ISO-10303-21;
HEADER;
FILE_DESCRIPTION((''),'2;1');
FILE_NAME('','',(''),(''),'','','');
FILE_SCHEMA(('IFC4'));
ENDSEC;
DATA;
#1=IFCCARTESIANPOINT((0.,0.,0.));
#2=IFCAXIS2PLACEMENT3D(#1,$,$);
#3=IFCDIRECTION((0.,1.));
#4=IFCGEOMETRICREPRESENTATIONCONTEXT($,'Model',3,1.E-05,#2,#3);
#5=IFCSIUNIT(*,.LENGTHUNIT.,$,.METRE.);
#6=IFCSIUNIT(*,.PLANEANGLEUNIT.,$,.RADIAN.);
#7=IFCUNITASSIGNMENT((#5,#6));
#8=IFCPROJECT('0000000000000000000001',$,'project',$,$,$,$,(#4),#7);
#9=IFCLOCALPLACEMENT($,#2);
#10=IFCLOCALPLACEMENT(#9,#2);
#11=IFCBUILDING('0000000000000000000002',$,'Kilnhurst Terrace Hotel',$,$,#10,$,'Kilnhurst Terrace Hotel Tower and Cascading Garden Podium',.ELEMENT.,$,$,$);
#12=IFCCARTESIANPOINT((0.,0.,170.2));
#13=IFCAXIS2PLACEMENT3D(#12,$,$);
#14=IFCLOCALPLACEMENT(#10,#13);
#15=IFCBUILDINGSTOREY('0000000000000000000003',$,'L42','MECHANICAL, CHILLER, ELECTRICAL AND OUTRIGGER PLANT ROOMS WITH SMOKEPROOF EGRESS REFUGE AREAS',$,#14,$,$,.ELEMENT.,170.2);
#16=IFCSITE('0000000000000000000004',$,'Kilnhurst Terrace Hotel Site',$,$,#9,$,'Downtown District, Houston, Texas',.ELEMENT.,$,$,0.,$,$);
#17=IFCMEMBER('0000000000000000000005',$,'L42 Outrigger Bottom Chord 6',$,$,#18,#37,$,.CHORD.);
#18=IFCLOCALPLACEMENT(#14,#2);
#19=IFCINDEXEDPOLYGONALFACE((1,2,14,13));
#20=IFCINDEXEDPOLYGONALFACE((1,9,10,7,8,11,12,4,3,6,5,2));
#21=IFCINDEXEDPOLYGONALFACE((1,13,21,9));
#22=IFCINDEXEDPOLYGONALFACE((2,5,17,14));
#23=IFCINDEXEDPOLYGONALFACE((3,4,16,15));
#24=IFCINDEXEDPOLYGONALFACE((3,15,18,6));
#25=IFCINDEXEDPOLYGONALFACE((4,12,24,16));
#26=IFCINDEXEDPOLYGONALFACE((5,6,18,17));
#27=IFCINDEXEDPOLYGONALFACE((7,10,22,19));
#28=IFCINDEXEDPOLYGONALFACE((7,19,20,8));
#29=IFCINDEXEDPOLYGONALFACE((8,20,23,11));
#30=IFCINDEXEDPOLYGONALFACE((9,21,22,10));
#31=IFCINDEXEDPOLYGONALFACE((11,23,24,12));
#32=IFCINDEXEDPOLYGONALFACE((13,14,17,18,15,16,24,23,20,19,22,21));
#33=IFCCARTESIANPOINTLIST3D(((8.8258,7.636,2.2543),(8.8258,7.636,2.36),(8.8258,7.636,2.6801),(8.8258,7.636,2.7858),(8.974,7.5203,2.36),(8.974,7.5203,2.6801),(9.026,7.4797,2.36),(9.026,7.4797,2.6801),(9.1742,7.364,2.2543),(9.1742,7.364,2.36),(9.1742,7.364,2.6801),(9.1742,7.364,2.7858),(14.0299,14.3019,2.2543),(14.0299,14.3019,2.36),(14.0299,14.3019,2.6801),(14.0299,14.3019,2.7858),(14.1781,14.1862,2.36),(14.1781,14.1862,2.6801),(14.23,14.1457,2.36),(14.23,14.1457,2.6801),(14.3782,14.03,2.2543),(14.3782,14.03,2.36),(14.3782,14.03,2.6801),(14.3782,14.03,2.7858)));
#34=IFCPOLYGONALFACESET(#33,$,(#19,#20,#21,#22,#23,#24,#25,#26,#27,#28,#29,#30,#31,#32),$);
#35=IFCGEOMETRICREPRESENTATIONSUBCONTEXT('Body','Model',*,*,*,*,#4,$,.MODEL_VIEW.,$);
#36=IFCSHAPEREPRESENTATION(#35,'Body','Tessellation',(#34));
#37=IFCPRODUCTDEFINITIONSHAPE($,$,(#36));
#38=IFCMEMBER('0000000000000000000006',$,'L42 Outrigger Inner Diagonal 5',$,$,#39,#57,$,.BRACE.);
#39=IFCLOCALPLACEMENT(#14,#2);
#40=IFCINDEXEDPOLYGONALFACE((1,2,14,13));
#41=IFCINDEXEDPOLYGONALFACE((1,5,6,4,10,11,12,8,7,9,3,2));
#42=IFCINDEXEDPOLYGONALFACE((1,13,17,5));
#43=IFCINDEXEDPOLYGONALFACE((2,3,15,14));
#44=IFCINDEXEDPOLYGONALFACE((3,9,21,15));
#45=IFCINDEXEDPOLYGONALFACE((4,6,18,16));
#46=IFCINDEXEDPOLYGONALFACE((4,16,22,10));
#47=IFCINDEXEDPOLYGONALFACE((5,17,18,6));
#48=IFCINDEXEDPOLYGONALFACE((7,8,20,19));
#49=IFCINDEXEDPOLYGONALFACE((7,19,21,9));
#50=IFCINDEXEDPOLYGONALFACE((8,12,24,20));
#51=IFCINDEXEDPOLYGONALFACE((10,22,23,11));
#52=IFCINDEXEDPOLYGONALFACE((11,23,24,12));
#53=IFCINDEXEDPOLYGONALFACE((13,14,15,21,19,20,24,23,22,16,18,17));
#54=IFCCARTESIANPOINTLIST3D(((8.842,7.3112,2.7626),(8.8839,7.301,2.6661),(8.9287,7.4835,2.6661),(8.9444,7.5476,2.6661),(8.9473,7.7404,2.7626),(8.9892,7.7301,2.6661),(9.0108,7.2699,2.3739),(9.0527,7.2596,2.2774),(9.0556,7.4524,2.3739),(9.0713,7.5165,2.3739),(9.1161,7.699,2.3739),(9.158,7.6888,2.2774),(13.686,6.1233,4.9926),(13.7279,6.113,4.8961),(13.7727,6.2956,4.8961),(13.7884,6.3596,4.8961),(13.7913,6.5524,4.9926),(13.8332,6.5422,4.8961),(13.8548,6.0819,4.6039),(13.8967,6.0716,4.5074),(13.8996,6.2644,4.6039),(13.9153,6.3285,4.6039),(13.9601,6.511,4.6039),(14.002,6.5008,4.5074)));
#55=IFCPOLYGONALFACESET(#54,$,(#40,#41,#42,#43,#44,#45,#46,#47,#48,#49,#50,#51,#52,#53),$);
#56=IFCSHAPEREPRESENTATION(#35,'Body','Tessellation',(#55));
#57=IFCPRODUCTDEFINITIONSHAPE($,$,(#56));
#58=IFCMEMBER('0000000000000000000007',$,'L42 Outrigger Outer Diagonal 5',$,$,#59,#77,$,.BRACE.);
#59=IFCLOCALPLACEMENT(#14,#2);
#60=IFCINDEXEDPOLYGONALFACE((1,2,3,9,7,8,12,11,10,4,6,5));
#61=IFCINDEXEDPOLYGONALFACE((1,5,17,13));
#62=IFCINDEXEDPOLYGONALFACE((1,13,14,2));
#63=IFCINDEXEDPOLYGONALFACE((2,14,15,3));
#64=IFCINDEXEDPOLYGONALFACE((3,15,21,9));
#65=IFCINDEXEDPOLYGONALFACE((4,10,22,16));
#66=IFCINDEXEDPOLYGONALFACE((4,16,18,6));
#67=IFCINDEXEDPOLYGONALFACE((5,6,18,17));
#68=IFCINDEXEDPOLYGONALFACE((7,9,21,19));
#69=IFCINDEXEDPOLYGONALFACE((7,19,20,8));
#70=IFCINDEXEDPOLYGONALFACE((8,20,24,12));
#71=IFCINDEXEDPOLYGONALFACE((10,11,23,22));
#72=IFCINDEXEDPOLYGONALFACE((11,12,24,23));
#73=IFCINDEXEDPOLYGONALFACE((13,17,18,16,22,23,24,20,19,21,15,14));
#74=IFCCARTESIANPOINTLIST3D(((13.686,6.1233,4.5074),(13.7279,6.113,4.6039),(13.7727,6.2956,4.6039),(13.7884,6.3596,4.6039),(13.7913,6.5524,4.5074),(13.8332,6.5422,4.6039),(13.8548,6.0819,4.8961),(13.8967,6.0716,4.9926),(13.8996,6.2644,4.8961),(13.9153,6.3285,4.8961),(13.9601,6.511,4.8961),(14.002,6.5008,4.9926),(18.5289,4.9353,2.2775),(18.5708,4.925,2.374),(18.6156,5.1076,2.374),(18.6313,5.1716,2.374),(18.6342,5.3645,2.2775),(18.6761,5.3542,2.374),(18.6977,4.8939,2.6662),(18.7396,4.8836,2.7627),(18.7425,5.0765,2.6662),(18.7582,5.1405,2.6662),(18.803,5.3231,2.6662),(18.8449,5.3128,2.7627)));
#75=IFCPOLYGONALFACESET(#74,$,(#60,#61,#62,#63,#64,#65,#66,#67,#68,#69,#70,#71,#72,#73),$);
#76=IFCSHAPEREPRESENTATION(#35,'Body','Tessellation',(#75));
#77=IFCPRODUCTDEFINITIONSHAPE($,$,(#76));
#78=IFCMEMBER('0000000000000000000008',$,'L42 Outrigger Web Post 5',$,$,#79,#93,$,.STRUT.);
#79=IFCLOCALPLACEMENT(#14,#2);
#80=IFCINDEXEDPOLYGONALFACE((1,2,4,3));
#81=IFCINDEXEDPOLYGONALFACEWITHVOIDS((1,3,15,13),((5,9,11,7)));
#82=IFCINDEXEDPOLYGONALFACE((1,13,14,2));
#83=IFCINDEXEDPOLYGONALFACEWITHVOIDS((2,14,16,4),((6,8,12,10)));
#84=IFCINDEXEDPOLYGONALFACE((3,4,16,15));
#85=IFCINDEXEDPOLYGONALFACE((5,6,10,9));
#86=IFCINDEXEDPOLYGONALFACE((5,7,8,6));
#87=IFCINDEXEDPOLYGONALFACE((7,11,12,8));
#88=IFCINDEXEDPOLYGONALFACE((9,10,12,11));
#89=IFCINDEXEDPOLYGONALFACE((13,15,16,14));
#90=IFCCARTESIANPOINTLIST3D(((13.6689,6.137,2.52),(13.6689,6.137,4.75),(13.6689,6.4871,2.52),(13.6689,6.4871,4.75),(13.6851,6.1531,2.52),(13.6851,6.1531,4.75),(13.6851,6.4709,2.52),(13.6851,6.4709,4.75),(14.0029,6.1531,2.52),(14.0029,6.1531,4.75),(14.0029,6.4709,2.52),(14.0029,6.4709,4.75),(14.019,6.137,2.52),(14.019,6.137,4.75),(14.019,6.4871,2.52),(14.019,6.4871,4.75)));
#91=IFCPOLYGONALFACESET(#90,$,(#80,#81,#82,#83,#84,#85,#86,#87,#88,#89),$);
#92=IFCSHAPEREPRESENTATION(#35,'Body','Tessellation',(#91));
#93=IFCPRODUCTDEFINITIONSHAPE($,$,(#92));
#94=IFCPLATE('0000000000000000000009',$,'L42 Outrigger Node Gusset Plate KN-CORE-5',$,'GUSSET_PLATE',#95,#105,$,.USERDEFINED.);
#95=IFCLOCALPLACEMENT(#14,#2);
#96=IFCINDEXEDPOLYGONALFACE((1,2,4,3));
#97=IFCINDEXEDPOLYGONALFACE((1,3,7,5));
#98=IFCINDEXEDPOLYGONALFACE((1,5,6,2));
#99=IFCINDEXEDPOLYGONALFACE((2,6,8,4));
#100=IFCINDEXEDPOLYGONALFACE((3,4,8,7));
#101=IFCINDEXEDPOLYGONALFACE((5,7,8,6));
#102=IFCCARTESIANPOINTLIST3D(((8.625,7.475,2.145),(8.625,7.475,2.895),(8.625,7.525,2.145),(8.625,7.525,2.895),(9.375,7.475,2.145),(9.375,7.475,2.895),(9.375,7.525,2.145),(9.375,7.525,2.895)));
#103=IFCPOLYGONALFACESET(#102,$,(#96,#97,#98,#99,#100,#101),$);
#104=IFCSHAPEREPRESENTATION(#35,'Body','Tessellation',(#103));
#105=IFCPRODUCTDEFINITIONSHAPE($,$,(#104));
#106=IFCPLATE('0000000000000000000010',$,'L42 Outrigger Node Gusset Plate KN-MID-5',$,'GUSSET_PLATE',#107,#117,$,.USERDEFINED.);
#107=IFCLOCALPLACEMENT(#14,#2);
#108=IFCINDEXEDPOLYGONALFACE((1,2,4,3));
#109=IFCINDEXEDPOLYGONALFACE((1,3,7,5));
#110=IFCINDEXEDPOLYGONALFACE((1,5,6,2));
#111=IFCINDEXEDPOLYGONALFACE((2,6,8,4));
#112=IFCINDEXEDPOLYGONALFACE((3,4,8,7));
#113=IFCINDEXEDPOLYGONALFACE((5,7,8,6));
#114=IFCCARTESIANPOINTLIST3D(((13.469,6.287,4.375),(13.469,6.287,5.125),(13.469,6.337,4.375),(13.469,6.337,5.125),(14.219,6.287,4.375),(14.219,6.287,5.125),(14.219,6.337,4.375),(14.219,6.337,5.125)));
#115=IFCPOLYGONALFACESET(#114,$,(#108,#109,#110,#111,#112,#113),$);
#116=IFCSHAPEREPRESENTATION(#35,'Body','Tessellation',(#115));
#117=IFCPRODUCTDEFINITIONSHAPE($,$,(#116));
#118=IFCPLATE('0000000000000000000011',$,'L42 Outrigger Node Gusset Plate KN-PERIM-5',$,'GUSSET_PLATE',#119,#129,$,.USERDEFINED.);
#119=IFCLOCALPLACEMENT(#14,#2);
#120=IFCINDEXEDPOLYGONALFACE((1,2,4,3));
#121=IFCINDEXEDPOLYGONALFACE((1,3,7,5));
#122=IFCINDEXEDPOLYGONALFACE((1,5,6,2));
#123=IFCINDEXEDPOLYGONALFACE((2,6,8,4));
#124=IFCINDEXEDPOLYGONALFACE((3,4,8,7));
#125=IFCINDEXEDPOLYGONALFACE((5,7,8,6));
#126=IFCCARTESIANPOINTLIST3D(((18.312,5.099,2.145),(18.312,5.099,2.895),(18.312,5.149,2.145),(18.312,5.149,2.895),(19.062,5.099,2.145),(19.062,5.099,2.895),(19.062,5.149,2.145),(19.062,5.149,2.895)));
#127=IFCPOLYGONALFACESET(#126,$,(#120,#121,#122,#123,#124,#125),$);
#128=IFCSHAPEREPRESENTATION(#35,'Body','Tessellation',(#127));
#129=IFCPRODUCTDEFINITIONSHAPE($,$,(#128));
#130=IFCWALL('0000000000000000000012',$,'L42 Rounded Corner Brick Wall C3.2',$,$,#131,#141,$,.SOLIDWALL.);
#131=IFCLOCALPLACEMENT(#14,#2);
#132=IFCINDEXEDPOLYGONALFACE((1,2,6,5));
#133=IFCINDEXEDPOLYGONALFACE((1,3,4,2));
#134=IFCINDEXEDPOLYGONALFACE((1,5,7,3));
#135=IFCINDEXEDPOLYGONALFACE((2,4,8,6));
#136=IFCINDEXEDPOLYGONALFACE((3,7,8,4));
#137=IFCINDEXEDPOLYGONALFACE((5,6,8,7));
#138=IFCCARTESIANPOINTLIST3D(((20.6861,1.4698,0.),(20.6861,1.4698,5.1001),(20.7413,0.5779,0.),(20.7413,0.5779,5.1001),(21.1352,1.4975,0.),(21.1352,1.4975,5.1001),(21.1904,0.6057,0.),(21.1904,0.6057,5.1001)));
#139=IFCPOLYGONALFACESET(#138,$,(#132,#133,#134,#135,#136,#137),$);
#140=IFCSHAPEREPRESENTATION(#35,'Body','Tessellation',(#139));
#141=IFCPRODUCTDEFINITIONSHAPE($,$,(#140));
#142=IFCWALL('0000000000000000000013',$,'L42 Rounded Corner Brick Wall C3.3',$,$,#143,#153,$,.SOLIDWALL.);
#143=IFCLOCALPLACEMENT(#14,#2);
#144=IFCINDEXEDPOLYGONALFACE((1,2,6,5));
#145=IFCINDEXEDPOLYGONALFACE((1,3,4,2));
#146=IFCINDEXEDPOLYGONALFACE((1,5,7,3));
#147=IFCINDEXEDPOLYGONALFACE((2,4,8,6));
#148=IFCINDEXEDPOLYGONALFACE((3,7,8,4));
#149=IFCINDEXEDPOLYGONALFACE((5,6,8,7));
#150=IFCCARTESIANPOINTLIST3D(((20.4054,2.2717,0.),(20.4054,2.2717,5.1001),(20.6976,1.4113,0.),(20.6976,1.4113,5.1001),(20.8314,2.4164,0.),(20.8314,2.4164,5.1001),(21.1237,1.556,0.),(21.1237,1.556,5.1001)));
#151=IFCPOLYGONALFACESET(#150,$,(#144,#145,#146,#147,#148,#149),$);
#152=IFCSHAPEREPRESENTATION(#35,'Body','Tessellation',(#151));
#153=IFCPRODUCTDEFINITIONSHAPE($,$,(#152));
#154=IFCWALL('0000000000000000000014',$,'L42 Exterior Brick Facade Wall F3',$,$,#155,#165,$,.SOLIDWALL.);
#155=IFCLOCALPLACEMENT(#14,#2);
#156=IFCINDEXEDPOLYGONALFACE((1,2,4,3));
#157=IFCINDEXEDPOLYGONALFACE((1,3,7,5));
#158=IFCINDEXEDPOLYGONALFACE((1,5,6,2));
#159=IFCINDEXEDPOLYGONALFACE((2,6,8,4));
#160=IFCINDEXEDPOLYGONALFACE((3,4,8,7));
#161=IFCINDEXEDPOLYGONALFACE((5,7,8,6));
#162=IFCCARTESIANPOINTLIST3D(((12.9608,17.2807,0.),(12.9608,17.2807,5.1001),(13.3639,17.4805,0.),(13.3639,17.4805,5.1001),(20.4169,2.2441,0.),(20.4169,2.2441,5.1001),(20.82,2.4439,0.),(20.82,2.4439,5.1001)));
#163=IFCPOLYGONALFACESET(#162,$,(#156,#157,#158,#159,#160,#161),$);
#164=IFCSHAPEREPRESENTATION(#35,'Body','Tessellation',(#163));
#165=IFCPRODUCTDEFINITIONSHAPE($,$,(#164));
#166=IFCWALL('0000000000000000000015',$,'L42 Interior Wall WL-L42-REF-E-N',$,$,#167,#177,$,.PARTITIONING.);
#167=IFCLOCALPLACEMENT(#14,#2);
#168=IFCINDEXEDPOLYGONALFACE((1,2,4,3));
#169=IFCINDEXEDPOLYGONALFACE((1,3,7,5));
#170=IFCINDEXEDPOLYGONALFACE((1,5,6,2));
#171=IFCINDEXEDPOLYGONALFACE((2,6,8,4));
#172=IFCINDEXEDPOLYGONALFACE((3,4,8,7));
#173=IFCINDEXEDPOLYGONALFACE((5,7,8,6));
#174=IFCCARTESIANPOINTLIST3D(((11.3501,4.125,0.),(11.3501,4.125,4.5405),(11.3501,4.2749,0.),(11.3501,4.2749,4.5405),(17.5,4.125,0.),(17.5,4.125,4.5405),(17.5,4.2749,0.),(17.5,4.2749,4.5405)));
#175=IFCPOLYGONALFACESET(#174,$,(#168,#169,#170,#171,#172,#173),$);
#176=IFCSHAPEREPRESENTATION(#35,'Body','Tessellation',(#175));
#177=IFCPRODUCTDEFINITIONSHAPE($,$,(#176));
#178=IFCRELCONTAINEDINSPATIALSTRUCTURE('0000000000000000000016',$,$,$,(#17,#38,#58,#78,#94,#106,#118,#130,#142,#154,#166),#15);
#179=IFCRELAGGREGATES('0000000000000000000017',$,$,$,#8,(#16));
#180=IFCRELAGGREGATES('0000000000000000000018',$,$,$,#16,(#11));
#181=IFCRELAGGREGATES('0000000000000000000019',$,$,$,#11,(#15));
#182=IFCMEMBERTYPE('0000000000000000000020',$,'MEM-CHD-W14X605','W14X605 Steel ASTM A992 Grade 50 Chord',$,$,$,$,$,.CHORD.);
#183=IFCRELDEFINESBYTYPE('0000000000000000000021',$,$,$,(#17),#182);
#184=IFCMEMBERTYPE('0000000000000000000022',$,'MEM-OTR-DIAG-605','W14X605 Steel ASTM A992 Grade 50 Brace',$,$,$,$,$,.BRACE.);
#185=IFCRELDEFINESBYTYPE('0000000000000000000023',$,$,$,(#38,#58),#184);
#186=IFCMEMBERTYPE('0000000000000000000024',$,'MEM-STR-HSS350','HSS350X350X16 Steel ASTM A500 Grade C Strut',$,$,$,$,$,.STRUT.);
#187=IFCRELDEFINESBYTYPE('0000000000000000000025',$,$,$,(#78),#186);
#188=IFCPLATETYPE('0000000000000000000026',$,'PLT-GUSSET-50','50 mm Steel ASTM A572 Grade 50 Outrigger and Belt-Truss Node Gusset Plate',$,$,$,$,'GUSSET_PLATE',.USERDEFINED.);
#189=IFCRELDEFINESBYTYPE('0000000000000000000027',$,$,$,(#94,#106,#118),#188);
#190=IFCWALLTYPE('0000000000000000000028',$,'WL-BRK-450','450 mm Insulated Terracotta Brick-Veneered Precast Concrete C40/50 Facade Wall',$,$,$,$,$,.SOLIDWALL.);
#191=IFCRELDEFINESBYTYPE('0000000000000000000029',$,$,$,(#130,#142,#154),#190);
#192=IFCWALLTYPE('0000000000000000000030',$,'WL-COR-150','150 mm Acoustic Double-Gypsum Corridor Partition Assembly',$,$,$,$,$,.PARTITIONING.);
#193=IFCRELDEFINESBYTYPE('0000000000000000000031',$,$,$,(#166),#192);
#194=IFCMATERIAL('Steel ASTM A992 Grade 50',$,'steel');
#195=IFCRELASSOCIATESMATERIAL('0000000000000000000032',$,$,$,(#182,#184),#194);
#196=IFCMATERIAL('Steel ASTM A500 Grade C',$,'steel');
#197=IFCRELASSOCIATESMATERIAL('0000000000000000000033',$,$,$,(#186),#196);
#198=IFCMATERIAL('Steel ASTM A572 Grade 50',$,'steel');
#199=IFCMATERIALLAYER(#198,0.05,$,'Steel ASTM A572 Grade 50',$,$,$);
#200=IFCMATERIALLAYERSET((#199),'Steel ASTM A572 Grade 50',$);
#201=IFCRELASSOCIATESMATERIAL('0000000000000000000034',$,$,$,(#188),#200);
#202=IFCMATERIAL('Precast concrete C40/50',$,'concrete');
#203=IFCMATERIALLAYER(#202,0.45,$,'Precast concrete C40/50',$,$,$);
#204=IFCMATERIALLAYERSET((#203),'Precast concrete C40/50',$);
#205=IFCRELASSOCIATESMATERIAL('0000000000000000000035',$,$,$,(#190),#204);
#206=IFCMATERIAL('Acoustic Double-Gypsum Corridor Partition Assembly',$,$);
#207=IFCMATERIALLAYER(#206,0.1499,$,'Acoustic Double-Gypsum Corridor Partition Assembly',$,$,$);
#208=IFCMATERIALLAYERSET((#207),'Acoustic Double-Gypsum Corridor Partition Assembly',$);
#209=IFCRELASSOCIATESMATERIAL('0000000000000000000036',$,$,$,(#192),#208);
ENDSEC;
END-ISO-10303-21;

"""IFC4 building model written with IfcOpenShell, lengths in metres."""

from ifc_helpers import new_model, si_unit, direction, frame, frame_2d, origin, origin_2d, place, context, subcontext, project, spatial, rectangle, hollow_rectangle, i_section, extrude, material, layer, layer_set, material_profile, profile_set, type_object, element, save


model = new_model("IFC4")

# Units and contexts
model_context = context("Model", 3, precision=1e-05, world=origin(), true_north=direction((0.0, 1.0)))
body_context = subcontext(model_context, "Body", "Model", "MODEL_VIEW")
ifc_project = project(units=[si_unit("LENGTHUNIT", "METRE"), si_unit("PLANEANGLEUNIT", "RADIAN")], contexts=[model_context])

# Site, building, storey
site_placement = place(None, origin())
site = spatial("IfcSite", under=ifc_project, at=site_placement, Name="Kilnhurst Terrace Hotel Site", LongName="Downtown District, Houston, Texas", CompositionType="ELEMENT", RefElevation=0.0)
building_placement = place(site_placement, origin())
building = spatial("IfcBuilding", under=site, at=building_placement, Name="Kilnhurst Terrace Hotel", LongName="Kilnhurst Terrace Hotel Tower and Cascading Garden Podium", CompositionType="ELEMENT")
storey_placement = place(building_placement, frame((0.0, 0.0, 170.2)))
storey = spatial("IfcBuildingStorey", under=building, at=storey_placement, Name="L42", Description="MECHANICAL, CHILLER, ELECTRICAL AND OUTRIGGER PLANT ROOMS WITH SMOKEPROOF EGRESS REFUGE AREAS", CompositionType="ELEMENT", Elevation=170.2)

# Shared definitions
ifc_material_1 = material(Name="Steel ASTM A992 Grade 50", Category="steel")

# Members
ifc_material_profile_1 = material_profile(ifc_material_1, i_section(OverallWidth=0.4419, OverallDepth=0.5315, WebThickness=0.0659, FlangeThickness=0.1057, at=origin_2d()), Name="W14X605")
ifc_profile_set_1 = profile_set([ifc_material_profile_1], Name="Steel ASTM A992 Grade 50")
member_type_1 = type_object("IfcMemberType", Name="MEM-CHD-W14X605", Description="W14X605 Steel ASTM A992 Grade 50 Chord", PredefinedType="CHORD", material=ifc_profile_set_1)
member_1_placement = place(storey_placement, frame((9.0, 7.5, 2.52), z_axis=(0.615371, 0.788238, 0.0), x_axis=(-0.788238, 0.615371, 0.0)))
element("IfcMember", 1, at=member_1_placement, inside=storey, type_object=member_type_1, Name="L42 Outrigger Bottom Chord 6", PredefinedType="CHORD", context=body_context, shape_type="SweptSolid", body=[
    extrude(i_section(OverallWidth=0.4419, OverallDepth=0.5315, WebThickness=0.0659, FlangeThickness=0.1057, at=origin_2d()), origin(), (0.0, 0.0, 1.0), 8.4568),
])
ifc_material_profile_2 = material_profile(ifc_material_1, i_section(OverallWidth=0.4419, OverallDepth=0.5315, WebThickness=0.0659, FlangeThickness=0.1057, at=origin_2d()), Name="W14X605")
ifc_profile_set_2 = profile_set([ifc_material_profile_2], Name="Steel ASTM A992 Grade 50")
member_type_2 = type_object("IfcMemberType", Name="MEM-OTR-DIAG-605", Description="W14X605 Steel ASTM A992 Grade 50 Brace", PredefinedType="BRACE", material=ifc_profile_set_2)
member_2_placement = place(storey_placement, frame((9.0, 7.5, 2.52), z_axis=(0.886631, -0.217446, 0.408169), x_axis=(0.238191, 0.971218, 0.0)))
element("IfcMember", 2, at=member_2_placement, inside=storey, type_object=member_type_2, Name="L42 Outrigger Inner Diagonal 5", PredefinedType="BRACE", context=body_context, shape_type="SweptSolid", body=[
    extrude(i_section(OverallWidth=0.4419, OverallDepth=0.5315, WebThickness=0.0659, FlangeThickness=0.1057, at=origin_2d()), origin(), (0.0, 0.0, 1.0), 5.4634),
])
member_3_placement = place(storey_placement, frame((13.844, 6.312, 4.75), z_axis=(0.886593, -0.217481, -0.408234), x_axis=(0.238236, 0.971207, 0.0)))
element("IfcMember", 3, at=member_3_placement, inside=storey, type_object=member_type_2, Name="L42 Outrigger Outer Diagonal 5", PredefinedType="BRACE", context=body_context, shape_type="SweptSolid", body=[
    extrude(i_section(OverallWidth=0.4419, OverallDepth=0.5315, WebThickness=0.0659, FlangeThickness=0.1057, at=origin_2d()), origin(), (0.0, 0.0, 1.0), 5.4624),
])
ifc_material_2 = material(Name="Steel ASTM A500 Grade C", Category="steel")
ifc_material_profile_3 = material_profile(ifc_material_2, hollow_rectangle(XDim=0.3501, YDim=0.3501, WallThickness=0.0161, at=origin_2d()), Name="HSS350X350X16")
ifc_profile_set_3 = profile_set([ifc_material_profile_3], Name="Steel ASTM A500 Grade C")
member_type_3 = type_object("IfcMemberType", Name="MEM-STR-HSS350", Description="HSS350X350X16 Steel ASTM A500 Grade C Strut", PredefinedType="STRUT", material=ifc_profile_set_3)
member_4_placement = place(storey_placement, frame((13.844, 6.312, 2.52), z_axis=(0.0, 0.0, 1.0), x_axis=(1.0, 0.0, 0.0)))
element("IfcMember", 4, at=member_4_placement, inside=storey, type_object=member_type_3, Name="L42 Outrigger Web Post 5", PredefinedType="STRUT", context=body_context, shape_type="SweptSolid", body=[
    extrude(hollow_rectangle(XDim=0.3501, YDim=0.3501, WallThickness=0.0161, at=origin_2d()), origin(), (0.0, 0.0, 1.0), 2.23),
])

# Plates
ifc_material_3 = material(Name="Steel ASTM A572 Grade 50", Category="steel")
ifc_layer_1 = layer(ifc_material_3, 0.05, Name="Steel ASTM A572 Grade 50")
ifc_layer_set_1 = layer_set([ifc_layer_1], Name="Steel ASTM A572 Grade 50")
plate_type = type_object("IfcPlateType", Name="PLT-GUSSET-50", Description="50 mm Steel ASTM A572 Grade 50 Outrigger and Belt-Truss Node Gusset Plate", ElementType="GUSSET_PLATE", PredefinedType="USERDEFINED", material=ifc_layer_set_1)
for number, where, z_axis, x_axis, name in (
    (5, (9.0, 7.5, 2.145), (0.0, 0.0, 1.0), (1.0, 0.0, 0.0), "L42 Outrigger Node Gusset Plate KN-CORE-5"),
    (6, (13.844, 6.312, 4.375), (0.0, 0.0, 1.0), (1.0, 0.0, 0.0), "L42 Outrigger Node Gusset Plate KN-MID-5"),
    (7, (18.687, 5.124, 2.145), (0.0, 0.0, 1.0), (1.0, 0.0, 0.0), "L42 Outrigger Node Gusset Plate KN-PERIM-5"),
):
    element("IfcPlate", number, at=place(storey_placement, frame(where, z_axis=z_axis, x_axis=x_axis)), inside=storey, type_object=plate_type, Name=name, ObjectType="GUSSET_PLATE", PredefinedType="USERDEFINED", context=body_context, shape_type="SweptSolid", body=[
        extrude(rectangle(XDim=0.75, YDim=0.05, at=origin_2d()), origin(), (0.0, 0.0, 1.0), 0.75),
    ])

# Walls
ifc_material_4 = material(Name="Precast concrete C40/50", Category="concrete")
ifc_layer_2 = layer(ifc_material_4, 0.45, Name="Precast concrete C40/50")
ifc_layer_set_2 = layer_set([ifc_layer_2], Name="Precast concrete C40/50")
wall_type_1 = type_object("IfcWallType", Name="WL-BRK-450", Description="450 mm Insulated Terracotta Brick-Veneered Precast Concrete C40/50 Facade Wall", PredefinedType="SOLIDWALL", material=ifc_layer_set_2)
wall_1_placement = place(storey_placement, frame((20.9658, 0.5918, 0.0), z_axis=(0.0, 0.0, 1.0), x_axis=(-0.061749, 0.998092, 0.0)))
element("IfcWall", 8, at=wall_1_placement, inside=storey, type_object=wall_type_1, Name="L42 Rounded Corner Brick Wall C3.2", PredefinedType="SOLIDWALL", context=body_context, shape_type="SweptSolid", body=[
    extrude(rectangle(XDim=0.8936, YDim=0.45, at=frame_2d((0.4468, 0.0))), origin(), (0.0, 0.0, 1.0), 5.1001),
])
wall_2_placement = place(storey_placement, frame((20.9106, 1.4836, 0.0), z_axis=(0.0, 0.0, 1.0), x_axis=(-0.321623, 0.946868, 0.0)))
element("IfcWall", 9, at=wall_2_placement, inside=storey, type_object=wall_type_1, Name="L42 Rounded Corner Brick Wall C3.3", PredefinedType="SOLIDWALL", context=body_context, shape_type="SweptSolid", body=[
    extrude(rectangle(XDim=0.9087, YDim=0.45, at=frame_2d((0.4543, 0.0))), origin(), (0.0, 0.0, 1.0), 5.1001),
])
wall_3_placement = place(storey_placement, frame((20.6184, 2.344, 0.0), z_axis=(0.0, 0.0, 1.0), x_axis=(-0.444244, 0.895906, 0.0)))
element("IfcWall", 10, at=wall_3_placement, inside=storey, type_object=wall_type_1, Name="L42 Exterior Brick Facade Wall F3", PredefinedType="SOLIDWALL", context=body_context, shape_type="SweptSolid", body=[
    extrude(rectangle(XDim=16.7837, YDim=0.45, at=frame_2d((8.3918, 0.0))), origin(), (0.0, 0.0, 1.0), 5.1001),
])
ifc_material_5 = material(Name="Acoustic Double-Gypsum Corridor Partition Assembly")
ifc_layer_3 = layer(ifc_material_5, 0.1499, Name="Acoustic Double-Gypsum Corridor Partition Assembly")
ifc_layer_set_3 = layer_set([ifc_layer_3], Name="Acoustic Double-Gypsum Corridor Partition Assembly")
wall_type_2 = type_object("IfcWallType", Name="WL-COR-150", Description="150 mm Acoustic Double-Gypsum Corridor Partition Assembly", PredefinedType="PARTITIONING", material=ifc_layer_set_3)
wall_4_placement = place(storey_placement, frame((11.3501, 4.2, 0.0), z_axis=(0.0, 0.0, 1.0), x_axis=(1.0, 0.0, 0.0)))
element("IfcWall", 11, at=wall_4_placement, inside=storey, type_object=wall_type_2, Name="L42 Interior Wall WL-L42-REF-E-N", PredefinedType="PARTITIONING", context=body_context, shape_type="SweptSolid", body=[
    extrude(rectangle(XDim=6.1499, YDim=0.1499, at=frame_2d((3.075, 0.0))), origin(), (0.0, 0.0, 1.0), 4.5405),
])

save(model, "model.ifc")
